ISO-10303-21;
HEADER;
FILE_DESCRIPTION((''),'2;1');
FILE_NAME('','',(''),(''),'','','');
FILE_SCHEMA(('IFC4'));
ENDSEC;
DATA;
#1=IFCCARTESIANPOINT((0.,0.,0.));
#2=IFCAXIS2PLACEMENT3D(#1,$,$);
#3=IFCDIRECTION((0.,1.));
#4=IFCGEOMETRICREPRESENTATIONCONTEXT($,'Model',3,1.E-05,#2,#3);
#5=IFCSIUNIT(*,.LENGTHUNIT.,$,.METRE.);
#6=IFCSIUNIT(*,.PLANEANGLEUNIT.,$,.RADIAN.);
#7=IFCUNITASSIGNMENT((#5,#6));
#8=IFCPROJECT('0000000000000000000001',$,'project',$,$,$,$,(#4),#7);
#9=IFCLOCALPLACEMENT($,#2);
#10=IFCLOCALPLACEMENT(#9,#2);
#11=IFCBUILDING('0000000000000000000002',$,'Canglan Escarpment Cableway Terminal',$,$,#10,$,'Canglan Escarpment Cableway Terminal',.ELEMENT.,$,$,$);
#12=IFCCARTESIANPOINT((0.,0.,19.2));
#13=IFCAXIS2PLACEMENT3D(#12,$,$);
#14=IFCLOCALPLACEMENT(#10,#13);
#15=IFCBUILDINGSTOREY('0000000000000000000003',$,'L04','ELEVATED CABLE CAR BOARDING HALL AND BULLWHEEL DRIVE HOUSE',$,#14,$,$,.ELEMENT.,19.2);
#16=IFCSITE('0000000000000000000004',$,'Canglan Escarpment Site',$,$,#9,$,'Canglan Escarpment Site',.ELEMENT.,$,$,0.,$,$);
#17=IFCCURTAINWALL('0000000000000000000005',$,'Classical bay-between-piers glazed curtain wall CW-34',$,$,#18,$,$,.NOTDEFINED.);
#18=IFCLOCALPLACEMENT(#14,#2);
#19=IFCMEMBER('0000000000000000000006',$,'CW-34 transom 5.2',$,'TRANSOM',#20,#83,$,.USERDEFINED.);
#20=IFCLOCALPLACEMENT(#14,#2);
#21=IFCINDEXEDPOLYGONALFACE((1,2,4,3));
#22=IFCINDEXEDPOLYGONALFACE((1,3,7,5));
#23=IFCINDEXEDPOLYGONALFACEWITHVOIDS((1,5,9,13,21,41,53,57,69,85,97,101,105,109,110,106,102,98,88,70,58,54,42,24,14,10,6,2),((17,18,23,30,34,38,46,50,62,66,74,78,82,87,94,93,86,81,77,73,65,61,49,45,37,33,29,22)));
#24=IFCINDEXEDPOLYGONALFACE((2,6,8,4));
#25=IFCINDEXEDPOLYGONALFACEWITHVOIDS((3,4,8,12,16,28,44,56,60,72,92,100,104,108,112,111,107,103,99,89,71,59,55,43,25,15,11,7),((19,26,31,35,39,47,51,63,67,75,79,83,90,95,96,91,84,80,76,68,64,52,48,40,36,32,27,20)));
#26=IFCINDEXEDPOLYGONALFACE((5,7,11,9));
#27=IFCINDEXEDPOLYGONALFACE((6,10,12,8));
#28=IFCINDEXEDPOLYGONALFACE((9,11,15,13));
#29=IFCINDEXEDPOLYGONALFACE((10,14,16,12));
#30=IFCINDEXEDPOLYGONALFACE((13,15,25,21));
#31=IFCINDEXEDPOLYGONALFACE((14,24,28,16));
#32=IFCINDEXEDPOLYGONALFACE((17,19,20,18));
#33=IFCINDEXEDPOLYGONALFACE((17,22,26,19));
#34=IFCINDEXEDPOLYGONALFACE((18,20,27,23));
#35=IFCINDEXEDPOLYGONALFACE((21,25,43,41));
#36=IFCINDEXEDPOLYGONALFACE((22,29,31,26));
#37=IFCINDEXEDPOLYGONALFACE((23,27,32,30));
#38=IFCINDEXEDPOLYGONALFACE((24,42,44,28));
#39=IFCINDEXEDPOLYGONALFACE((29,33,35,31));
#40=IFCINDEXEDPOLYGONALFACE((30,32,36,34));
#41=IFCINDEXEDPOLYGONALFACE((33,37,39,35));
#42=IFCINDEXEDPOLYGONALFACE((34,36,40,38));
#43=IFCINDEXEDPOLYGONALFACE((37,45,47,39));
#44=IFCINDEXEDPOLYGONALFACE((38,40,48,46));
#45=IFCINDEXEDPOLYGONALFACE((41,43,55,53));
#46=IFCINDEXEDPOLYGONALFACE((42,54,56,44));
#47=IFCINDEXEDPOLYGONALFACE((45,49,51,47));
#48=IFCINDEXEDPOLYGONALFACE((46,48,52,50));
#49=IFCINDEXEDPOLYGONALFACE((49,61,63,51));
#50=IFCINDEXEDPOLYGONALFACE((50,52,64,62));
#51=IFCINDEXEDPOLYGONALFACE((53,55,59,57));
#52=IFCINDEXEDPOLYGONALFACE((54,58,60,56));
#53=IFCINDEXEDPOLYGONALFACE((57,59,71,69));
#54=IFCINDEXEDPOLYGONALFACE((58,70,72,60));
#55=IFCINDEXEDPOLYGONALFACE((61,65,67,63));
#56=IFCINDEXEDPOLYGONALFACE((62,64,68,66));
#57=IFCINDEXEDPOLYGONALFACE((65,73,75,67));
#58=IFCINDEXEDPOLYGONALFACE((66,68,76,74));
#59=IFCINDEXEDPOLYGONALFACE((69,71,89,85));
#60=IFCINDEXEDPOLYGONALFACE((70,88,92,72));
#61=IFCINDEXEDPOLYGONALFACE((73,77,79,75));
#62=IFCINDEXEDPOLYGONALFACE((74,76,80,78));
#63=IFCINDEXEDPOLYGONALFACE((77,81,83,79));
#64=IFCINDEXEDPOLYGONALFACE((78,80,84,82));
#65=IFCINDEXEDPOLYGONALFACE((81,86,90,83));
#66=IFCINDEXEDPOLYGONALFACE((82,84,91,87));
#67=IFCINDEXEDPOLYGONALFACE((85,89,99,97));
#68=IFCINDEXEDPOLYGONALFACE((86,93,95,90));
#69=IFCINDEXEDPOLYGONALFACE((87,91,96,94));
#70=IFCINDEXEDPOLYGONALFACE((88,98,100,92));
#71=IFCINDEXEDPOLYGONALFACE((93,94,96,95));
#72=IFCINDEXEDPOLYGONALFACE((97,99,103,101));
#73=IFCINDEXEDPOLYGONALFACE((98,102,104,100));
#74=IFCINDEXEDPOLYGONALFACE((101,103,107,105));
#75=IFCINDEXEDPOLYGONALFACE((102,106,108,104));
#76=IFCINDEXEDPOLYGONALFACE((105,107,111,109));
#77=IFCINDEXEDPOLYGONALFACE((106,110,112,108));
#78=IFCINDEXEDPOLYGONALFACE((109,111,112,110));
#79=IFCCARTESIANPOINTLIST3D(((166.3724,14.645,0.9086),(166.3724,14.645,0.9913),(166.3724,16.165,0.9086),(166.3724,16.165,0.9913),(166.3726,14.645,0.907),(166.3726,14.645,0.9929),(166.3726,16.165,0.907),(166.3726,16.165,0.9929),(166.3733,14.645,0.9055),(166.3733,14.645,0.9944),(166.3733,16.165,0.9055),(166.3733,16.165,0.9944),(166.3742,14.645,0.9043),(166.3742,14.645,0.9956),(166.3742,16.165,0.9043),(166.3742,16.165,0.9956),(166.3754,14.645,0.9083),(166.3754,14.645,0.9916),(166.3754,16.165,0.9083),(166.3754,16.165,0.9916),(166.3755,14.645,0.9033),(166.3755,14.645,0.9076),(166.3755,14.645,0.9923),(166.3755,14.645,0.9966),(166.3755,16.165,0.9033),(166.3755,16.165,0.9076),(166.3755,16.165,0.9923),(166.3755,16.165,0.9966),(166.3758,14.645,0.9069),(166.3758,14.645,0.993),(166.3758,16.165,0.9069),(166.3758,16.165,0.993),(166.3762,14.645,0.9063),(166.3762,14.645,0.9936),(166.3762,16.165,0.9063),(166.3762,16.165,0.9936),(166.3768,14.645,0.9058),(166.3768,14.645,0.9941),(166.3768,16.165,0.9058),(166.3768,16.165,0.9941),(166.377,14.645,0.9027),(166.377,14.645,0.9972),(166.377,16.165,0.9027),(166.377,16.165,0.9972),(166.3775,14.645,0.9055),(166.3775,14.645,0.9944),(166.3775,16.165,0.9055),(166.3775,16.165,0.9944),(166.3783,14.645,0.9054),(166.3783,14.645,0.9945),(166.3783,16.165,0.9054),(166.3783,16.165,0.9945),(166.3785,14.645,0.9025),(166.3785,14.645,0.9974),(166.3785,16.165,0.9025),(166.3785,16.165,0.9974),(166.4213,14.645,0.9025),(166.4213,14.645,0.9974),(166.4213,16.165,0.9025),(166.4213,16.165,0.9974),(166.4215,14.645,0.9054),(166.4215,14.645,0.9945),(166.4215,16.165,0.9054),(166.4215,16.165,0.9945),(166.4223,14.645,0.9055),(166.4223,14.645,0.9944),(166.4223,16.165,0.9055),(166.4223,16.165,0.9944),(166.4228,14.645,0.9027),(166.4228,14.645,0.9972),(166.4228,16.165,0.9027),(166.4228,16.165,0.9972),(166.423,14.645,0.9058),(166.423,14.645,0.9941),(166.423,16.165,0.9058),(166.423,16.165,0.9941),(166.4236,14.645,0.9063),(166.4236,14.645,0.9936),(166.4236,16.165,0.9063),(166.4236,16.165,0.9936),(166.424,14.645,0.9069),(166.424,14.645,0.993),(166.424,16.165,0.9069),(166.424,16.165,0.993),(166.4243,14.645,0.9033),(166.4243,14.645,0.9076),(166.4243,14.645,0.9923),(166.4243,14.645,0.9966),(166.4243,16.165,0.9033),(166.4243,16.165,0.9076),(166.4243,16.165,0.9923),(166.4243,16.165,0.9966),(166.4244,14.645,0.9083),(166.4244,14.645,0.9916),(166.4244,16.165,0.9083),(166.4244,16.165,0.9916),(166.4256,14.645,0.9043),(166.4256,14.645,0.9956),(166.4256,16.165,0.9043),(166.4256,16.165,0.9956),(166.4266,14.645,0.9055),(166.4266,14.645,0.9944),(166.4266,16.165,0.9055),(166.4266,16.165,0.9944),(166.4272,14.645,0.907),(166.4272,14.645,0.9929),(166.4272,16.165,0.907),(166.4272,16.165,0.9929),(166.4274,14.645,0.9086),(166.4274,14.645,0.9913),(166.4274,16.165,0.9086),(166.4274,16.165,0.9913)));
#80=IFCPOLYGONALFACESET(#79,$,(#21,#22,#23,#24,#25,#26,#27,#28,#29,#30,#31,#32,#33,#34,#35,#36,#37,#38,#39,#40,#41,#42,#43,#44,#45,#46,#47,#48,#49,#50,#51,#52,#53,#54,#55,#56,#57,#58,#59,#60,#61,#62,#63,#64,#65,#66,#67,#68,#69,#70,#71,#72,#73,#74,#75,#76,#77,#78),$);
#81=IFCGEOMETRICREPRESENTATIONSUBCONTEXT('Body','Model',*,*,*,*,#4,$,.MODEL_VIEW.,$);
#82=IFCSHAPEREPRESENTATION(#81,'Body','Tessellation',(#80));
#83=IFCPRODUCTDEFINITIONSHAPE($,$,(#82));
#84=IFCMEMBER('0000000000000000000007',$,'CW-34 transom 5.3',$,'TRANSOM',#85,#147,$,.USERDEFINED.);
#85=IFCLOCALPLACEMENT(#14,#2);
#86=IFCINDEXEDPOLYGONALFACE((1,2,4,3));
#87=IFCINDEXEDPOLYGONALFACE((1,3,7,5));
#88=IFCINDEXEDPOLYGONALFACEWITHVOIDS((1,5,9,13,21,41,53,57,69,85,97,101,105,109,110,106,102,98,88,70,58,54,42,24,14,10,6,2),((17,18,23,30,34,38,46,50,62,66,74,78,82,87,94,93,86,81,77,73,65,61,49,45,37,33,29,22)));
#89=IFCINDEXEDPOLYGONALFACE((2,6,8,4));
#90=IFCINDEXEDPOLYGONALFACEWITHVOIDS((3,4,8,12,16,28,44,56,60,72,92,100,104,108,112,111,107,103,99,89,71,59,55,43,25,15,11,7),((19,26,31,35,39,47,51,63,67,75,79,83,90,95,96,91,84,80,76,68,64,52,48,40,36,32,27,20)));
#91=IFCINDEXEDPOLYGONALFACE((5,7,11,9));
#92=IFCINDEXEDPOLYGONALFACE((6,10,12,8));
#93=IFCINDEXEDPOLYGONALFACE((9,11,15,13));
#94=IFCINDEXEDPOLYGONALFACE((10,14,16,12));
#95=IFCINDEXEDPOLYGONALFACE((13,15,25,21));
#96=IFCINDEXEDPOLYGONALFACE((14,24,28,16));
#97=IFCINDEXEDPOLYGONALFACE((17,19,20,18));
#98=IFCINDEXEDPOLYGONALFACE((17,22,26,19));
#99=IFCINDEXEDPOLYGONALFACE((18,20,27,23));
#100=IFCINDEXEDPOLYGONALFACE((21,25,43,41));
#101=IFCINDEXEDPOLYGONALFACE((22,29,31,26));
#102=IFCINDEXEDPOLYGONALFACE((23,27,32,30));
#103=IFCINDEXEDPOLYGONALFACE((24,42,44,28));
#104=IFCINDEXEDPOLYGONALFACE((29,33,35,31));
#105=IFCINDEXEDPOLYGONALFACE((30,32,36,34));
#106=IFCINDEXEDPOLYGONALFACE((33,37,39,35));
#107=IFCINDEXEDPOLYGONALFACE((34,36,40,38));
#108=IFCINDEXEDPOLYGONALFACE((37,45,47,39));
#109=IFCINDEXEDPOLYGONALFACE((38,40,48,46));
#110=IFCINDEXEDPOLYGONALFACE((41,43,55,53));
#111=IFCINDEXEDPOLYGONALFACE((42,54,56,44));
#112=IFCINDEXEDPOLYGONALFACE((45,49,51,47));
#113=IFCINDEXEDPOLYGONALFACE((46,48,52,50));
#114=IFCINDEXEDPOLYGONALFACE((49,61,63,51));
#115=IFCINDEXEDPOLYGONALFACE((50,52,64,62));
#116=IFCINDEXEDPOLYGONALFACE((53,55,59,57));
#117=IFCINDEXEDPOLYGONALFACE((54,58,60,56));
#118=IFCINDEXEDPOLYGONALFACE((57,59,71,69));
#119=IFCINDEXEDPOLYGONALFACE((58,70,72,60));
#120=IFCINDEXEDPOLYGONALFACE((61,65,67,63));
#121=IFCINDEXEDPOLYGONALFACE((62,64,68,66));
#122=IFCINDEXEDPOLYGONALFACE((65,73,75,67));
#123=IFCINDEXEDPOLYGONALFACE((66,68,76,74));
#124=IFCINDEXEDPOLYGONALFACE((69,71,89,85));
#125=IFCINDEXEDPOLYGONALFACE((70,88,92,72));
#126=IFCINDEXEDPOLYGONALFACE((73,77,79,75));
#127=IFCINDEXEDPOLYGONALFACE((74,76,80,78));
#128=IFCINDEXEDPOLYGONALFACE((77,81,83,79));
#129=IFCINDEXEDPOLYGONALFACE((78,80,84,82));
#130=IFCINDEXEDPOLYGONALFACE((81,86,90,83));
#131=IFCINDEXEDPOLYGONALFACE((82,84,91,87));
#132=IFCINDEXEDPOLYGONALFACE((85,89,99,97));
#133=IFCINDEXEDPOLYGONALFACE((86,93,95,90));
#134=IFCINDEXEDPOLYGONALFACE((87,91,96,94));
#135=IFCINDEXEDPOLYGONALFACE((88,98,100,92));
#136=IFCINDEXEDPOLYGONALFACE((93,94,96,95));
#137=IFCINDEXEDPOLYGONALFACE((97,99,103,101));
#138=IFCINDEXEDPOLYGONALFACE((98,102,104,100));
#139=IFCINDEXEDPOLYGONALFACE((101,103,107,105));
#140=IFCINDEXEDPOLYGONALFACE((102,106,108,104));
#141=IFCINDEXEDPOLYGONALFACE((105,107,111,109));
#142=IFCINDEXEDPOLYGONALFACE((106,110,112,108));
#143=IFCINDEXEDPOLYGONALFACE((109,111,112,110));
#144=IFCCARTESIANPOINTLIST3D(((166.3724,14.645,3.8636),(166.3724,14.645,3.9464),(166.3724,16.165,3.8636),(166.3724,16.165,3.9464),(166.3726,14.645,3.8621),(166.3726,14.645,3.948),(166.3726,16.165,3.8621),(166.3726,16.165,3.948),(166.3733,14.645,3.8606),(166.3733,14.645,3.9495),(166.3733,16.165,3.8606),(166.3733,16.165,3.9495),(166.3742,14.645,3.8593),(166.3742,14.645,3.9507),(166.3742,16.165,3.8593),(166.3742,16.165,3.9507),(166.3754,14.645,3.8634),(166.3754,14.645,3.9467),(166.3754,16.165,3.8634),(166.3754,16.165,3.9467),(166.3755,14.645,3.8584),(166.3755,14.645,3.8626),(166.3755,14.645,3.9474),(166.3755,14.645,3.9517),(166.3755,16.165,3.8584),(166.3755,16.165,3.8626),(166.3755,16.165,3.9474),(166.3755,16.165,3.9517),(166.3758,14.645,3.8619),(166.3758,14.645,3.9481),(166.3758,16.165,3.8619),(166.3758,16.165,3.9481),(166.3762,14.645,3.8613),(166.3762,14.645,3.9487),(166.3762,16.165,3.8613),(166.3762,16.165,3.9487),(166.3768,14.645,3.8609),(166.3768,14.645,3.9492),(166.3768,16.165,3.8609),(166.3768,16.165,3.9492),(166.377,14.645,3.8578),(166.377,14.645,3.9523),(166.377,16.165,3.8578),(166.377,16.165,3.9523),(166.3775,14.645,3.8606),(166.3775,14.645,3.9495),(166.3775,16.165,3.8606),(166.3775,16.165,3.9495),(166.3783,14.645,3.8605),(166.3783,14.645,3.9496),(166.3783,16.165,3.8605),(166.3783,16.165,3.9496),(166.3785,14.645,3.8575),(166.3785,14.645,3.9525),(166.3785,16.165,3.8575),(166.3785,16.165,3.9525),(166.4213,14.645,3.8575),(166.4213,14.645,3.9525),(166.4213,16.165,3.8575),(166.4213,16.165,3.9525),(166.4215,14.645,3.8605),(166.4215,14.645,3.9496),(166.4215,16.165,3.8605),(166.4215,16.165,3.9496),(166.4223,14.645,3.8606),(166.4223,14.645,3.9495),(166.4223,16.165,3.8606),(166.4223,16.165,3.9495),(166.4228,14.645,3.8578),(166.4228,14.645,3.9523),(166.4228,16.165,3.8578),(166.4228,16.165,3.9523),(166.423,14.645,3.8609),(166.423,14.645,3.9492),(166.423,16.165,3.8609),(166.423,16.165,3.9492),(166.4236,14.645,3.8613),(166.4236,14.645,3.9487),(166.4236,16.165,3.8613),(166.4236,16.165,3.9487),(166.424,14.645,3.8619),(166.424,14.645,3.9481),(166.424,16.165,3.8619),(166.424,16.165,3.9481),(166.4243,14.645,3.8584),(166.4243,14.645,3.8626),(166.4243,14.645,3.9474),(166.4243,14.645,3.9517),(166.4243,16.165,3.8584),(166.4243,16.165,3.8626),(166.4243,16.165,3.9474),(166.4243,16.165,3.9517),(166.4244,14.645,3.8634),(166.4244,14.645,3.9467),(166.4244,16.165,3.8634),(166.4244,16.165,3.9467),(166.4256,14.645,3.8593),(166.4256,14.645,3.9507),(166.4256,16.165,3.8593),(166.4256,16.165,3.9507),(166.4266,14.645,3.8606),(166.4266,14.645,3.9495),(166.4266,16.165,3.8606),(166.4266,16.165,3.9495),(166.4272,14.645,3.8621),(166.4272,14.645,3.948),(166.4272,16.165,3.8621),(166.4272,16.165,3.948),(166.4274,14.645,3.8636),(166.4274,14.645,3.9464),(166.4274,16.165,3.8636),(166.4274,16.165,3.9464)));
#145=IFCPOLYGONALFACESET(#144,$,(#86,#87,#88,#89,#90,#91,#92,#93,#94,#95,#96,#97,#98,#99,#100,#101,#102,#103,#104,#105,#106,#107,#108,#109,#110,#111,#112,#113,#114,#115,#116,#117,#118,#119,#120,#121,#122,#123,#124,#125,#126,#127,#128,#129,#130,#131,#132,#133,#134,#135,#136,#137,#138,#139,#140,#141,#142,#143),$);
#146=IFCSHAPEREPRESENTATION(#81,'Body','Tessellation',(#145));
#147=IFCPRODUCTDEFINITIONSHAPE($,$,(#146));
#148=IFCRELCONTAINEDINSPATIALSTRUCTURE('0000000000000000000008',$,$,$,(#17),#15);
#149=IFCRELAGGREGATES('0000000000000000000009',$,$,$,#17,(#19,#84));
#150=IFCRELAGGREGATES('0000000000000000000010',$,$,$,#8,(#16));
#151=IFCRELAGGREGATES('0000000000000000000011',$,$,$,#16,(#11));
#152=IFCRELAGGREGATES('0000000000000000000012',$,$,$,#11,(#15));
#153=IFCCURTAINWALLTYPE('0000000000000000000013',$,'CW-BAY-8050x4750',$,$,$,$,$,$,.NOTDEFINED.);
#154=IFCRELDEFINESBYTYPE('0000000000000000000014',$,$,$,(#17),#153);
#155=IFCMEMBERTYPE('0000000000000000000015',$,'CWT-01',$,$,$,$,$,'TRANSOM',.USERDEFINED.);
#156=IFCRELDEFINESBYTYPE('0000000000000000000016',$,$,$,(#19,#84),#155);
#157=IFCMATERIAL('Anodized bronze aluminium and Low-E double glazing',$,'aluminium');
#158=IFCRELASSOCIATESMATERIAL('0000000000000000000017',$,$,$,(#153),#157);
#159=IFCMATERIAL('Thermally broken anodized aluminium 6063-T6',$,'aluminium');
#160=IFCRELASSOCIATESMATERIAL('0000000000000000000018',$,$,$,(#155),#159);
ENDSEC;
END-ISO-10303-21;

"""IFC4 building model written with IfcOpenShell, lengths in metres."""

from ifc_helpers import new_model, si_unit, direction, frame, origin, origin_2d, place, context, subcontext, project, spatial, hollow_rectangle, extrude, material, material_profile, profile_set, type_object, element, aggregate, save


model = new_model("IFC4")

# Units and contexts
model_context = context("Model", 3, precision=1e-05, world=origin(), true_north=direction((0.0, 1.0)))
body_context = subcontext(model_context, "Body", "Model", "MODEL_VIEW")
ifc_project = project(units=[si_unit("LENGTHUNIT", "METRE"), si_unit("PLANEANGLEUNIT", "RADIAN")], contexts=[model_context])

# Site, building, storey
site_placement = place(None, origin())
site = spatial("IfcSite", under=ifc_project, at=site_placement, Name="Canglan Escarpment Site", LongName="Canglan Escarpment Site", CompositionType="ELEMENT", RefElevation=0.0)
building_placement = place(site_placement, origin())
building = spatial("IfcBuilding", under=site, at=building_placement, Name="Canglan Escarpment Cableway Terminal", LongName="Canglan Escarpment Cableway Terminal", CompositionType="ELEMENT")
storey_placement = place(building_placement, frame((0.0, 0.0, 19.2)))
storey = spatial("IfcBuildingStorey", under=building, at=storey_placement, Name="L04", Description="ELEVATED CABLE CAR BOARDING HALL AND BULLWHEEL DRIVE HOUSE", CompositionType="ELEMENT", Elevation=19.2)

# Curtain wall
ifc_material_1 = material(Name="Anodized bronze aluminium and Low-E double glazing", Category="aluminium")
curtain_wall_type = type_object("IfcCurtainWallType", Name="CW-BAY-8050x4750", PredefinedType="NOTDEFINED", material=ifc_material_1)
curtain_wall_1_placement = place(storey_placement, origin())
curtain_wall_1 = element("IfcCurtainWall", 1, at=curtain_wall_1_placement, inside=storey, type_object=curtain_wall_type, Name="Classical bay-between-piers glazed curtain wall CW-34", PredefinedType="NOTDEFINED")
ifc_material_2 = material(Name="Thermally broken anodized aluminium 6063-T6", Category="aluminium")

# Members
ifc_material_profile_1 = material_profile(ifc_material_2, hollow_rectangle(XDim=0.0549, YDim=0.095, WallThickness=0.0029, InnerFilletRadius=0.0029, OuterFilletRadius=0.0061, at=origin_2d()), Name="ALU-TRAN 55x95x3")
ifc_profile_set_1 = profile_set([ifc_material_profile_1], Name="Thermally broken anodized aluminium 6063-T6")
member_type_1 = type_object("IfcMemberType", Name="CWT-01", ElementType="TRANSOM", PredefinedType="USERDEFINED", material=ifc_profile_set_1)
member_1_placement = place(storey_placement, frame((166.3999, 14.645, 0.95), z_axis=(0.0, 1.0, 0.0), x_axis=(-1.0, 0.0, 0.0)))
member_1 = element("IfcMember", 2, at=member_1_placement, type_object=member_type_1, Name="CW-34 transom 5.2", ObjectType="TRANSOM", PredefinedType="USERDEFINED", context=body_context, shape_type="SweptSolid", body=[
    extrude(hollow_rectangle(XDim=0.0549, YDim=0.095, WallThickness=0.0029, InnerFilletRadius=0.0029, OuterFilletRadius=0.0061, at=origin_2d()), origin(), (0.0, 0.0, 1.0), 1.52),
])
member_2_placement = place(storey_placement, frame((166.3999, 14.645, 3.905), z_axis=(0.0, 1.0, 0.0), x_axis=(-1.0, 0.0, 0.0)))
member_2 = element("IfcMember", 3, at=member_2_placement, type_object=member_type_1, Name="CW-34 transom 5.3", ObjectType="TRANSOM", PredefinedType="USERDEFINED", context=body_context, shape_type="SweptSolid", body=[
    extrude(hollow_rectangle(XDim=0.0549, YDim=0.095, WallThickness=0.0029, InnerFilletRadius=0.0029, OuterFilletRadius=0.0061, at=origin_2d()), origin(), (0.0, 0.0, 1.0), 1.52),
])

aggregate(curtain_wall_1, [member_1, member_2])

save(model, "model.ifc")
